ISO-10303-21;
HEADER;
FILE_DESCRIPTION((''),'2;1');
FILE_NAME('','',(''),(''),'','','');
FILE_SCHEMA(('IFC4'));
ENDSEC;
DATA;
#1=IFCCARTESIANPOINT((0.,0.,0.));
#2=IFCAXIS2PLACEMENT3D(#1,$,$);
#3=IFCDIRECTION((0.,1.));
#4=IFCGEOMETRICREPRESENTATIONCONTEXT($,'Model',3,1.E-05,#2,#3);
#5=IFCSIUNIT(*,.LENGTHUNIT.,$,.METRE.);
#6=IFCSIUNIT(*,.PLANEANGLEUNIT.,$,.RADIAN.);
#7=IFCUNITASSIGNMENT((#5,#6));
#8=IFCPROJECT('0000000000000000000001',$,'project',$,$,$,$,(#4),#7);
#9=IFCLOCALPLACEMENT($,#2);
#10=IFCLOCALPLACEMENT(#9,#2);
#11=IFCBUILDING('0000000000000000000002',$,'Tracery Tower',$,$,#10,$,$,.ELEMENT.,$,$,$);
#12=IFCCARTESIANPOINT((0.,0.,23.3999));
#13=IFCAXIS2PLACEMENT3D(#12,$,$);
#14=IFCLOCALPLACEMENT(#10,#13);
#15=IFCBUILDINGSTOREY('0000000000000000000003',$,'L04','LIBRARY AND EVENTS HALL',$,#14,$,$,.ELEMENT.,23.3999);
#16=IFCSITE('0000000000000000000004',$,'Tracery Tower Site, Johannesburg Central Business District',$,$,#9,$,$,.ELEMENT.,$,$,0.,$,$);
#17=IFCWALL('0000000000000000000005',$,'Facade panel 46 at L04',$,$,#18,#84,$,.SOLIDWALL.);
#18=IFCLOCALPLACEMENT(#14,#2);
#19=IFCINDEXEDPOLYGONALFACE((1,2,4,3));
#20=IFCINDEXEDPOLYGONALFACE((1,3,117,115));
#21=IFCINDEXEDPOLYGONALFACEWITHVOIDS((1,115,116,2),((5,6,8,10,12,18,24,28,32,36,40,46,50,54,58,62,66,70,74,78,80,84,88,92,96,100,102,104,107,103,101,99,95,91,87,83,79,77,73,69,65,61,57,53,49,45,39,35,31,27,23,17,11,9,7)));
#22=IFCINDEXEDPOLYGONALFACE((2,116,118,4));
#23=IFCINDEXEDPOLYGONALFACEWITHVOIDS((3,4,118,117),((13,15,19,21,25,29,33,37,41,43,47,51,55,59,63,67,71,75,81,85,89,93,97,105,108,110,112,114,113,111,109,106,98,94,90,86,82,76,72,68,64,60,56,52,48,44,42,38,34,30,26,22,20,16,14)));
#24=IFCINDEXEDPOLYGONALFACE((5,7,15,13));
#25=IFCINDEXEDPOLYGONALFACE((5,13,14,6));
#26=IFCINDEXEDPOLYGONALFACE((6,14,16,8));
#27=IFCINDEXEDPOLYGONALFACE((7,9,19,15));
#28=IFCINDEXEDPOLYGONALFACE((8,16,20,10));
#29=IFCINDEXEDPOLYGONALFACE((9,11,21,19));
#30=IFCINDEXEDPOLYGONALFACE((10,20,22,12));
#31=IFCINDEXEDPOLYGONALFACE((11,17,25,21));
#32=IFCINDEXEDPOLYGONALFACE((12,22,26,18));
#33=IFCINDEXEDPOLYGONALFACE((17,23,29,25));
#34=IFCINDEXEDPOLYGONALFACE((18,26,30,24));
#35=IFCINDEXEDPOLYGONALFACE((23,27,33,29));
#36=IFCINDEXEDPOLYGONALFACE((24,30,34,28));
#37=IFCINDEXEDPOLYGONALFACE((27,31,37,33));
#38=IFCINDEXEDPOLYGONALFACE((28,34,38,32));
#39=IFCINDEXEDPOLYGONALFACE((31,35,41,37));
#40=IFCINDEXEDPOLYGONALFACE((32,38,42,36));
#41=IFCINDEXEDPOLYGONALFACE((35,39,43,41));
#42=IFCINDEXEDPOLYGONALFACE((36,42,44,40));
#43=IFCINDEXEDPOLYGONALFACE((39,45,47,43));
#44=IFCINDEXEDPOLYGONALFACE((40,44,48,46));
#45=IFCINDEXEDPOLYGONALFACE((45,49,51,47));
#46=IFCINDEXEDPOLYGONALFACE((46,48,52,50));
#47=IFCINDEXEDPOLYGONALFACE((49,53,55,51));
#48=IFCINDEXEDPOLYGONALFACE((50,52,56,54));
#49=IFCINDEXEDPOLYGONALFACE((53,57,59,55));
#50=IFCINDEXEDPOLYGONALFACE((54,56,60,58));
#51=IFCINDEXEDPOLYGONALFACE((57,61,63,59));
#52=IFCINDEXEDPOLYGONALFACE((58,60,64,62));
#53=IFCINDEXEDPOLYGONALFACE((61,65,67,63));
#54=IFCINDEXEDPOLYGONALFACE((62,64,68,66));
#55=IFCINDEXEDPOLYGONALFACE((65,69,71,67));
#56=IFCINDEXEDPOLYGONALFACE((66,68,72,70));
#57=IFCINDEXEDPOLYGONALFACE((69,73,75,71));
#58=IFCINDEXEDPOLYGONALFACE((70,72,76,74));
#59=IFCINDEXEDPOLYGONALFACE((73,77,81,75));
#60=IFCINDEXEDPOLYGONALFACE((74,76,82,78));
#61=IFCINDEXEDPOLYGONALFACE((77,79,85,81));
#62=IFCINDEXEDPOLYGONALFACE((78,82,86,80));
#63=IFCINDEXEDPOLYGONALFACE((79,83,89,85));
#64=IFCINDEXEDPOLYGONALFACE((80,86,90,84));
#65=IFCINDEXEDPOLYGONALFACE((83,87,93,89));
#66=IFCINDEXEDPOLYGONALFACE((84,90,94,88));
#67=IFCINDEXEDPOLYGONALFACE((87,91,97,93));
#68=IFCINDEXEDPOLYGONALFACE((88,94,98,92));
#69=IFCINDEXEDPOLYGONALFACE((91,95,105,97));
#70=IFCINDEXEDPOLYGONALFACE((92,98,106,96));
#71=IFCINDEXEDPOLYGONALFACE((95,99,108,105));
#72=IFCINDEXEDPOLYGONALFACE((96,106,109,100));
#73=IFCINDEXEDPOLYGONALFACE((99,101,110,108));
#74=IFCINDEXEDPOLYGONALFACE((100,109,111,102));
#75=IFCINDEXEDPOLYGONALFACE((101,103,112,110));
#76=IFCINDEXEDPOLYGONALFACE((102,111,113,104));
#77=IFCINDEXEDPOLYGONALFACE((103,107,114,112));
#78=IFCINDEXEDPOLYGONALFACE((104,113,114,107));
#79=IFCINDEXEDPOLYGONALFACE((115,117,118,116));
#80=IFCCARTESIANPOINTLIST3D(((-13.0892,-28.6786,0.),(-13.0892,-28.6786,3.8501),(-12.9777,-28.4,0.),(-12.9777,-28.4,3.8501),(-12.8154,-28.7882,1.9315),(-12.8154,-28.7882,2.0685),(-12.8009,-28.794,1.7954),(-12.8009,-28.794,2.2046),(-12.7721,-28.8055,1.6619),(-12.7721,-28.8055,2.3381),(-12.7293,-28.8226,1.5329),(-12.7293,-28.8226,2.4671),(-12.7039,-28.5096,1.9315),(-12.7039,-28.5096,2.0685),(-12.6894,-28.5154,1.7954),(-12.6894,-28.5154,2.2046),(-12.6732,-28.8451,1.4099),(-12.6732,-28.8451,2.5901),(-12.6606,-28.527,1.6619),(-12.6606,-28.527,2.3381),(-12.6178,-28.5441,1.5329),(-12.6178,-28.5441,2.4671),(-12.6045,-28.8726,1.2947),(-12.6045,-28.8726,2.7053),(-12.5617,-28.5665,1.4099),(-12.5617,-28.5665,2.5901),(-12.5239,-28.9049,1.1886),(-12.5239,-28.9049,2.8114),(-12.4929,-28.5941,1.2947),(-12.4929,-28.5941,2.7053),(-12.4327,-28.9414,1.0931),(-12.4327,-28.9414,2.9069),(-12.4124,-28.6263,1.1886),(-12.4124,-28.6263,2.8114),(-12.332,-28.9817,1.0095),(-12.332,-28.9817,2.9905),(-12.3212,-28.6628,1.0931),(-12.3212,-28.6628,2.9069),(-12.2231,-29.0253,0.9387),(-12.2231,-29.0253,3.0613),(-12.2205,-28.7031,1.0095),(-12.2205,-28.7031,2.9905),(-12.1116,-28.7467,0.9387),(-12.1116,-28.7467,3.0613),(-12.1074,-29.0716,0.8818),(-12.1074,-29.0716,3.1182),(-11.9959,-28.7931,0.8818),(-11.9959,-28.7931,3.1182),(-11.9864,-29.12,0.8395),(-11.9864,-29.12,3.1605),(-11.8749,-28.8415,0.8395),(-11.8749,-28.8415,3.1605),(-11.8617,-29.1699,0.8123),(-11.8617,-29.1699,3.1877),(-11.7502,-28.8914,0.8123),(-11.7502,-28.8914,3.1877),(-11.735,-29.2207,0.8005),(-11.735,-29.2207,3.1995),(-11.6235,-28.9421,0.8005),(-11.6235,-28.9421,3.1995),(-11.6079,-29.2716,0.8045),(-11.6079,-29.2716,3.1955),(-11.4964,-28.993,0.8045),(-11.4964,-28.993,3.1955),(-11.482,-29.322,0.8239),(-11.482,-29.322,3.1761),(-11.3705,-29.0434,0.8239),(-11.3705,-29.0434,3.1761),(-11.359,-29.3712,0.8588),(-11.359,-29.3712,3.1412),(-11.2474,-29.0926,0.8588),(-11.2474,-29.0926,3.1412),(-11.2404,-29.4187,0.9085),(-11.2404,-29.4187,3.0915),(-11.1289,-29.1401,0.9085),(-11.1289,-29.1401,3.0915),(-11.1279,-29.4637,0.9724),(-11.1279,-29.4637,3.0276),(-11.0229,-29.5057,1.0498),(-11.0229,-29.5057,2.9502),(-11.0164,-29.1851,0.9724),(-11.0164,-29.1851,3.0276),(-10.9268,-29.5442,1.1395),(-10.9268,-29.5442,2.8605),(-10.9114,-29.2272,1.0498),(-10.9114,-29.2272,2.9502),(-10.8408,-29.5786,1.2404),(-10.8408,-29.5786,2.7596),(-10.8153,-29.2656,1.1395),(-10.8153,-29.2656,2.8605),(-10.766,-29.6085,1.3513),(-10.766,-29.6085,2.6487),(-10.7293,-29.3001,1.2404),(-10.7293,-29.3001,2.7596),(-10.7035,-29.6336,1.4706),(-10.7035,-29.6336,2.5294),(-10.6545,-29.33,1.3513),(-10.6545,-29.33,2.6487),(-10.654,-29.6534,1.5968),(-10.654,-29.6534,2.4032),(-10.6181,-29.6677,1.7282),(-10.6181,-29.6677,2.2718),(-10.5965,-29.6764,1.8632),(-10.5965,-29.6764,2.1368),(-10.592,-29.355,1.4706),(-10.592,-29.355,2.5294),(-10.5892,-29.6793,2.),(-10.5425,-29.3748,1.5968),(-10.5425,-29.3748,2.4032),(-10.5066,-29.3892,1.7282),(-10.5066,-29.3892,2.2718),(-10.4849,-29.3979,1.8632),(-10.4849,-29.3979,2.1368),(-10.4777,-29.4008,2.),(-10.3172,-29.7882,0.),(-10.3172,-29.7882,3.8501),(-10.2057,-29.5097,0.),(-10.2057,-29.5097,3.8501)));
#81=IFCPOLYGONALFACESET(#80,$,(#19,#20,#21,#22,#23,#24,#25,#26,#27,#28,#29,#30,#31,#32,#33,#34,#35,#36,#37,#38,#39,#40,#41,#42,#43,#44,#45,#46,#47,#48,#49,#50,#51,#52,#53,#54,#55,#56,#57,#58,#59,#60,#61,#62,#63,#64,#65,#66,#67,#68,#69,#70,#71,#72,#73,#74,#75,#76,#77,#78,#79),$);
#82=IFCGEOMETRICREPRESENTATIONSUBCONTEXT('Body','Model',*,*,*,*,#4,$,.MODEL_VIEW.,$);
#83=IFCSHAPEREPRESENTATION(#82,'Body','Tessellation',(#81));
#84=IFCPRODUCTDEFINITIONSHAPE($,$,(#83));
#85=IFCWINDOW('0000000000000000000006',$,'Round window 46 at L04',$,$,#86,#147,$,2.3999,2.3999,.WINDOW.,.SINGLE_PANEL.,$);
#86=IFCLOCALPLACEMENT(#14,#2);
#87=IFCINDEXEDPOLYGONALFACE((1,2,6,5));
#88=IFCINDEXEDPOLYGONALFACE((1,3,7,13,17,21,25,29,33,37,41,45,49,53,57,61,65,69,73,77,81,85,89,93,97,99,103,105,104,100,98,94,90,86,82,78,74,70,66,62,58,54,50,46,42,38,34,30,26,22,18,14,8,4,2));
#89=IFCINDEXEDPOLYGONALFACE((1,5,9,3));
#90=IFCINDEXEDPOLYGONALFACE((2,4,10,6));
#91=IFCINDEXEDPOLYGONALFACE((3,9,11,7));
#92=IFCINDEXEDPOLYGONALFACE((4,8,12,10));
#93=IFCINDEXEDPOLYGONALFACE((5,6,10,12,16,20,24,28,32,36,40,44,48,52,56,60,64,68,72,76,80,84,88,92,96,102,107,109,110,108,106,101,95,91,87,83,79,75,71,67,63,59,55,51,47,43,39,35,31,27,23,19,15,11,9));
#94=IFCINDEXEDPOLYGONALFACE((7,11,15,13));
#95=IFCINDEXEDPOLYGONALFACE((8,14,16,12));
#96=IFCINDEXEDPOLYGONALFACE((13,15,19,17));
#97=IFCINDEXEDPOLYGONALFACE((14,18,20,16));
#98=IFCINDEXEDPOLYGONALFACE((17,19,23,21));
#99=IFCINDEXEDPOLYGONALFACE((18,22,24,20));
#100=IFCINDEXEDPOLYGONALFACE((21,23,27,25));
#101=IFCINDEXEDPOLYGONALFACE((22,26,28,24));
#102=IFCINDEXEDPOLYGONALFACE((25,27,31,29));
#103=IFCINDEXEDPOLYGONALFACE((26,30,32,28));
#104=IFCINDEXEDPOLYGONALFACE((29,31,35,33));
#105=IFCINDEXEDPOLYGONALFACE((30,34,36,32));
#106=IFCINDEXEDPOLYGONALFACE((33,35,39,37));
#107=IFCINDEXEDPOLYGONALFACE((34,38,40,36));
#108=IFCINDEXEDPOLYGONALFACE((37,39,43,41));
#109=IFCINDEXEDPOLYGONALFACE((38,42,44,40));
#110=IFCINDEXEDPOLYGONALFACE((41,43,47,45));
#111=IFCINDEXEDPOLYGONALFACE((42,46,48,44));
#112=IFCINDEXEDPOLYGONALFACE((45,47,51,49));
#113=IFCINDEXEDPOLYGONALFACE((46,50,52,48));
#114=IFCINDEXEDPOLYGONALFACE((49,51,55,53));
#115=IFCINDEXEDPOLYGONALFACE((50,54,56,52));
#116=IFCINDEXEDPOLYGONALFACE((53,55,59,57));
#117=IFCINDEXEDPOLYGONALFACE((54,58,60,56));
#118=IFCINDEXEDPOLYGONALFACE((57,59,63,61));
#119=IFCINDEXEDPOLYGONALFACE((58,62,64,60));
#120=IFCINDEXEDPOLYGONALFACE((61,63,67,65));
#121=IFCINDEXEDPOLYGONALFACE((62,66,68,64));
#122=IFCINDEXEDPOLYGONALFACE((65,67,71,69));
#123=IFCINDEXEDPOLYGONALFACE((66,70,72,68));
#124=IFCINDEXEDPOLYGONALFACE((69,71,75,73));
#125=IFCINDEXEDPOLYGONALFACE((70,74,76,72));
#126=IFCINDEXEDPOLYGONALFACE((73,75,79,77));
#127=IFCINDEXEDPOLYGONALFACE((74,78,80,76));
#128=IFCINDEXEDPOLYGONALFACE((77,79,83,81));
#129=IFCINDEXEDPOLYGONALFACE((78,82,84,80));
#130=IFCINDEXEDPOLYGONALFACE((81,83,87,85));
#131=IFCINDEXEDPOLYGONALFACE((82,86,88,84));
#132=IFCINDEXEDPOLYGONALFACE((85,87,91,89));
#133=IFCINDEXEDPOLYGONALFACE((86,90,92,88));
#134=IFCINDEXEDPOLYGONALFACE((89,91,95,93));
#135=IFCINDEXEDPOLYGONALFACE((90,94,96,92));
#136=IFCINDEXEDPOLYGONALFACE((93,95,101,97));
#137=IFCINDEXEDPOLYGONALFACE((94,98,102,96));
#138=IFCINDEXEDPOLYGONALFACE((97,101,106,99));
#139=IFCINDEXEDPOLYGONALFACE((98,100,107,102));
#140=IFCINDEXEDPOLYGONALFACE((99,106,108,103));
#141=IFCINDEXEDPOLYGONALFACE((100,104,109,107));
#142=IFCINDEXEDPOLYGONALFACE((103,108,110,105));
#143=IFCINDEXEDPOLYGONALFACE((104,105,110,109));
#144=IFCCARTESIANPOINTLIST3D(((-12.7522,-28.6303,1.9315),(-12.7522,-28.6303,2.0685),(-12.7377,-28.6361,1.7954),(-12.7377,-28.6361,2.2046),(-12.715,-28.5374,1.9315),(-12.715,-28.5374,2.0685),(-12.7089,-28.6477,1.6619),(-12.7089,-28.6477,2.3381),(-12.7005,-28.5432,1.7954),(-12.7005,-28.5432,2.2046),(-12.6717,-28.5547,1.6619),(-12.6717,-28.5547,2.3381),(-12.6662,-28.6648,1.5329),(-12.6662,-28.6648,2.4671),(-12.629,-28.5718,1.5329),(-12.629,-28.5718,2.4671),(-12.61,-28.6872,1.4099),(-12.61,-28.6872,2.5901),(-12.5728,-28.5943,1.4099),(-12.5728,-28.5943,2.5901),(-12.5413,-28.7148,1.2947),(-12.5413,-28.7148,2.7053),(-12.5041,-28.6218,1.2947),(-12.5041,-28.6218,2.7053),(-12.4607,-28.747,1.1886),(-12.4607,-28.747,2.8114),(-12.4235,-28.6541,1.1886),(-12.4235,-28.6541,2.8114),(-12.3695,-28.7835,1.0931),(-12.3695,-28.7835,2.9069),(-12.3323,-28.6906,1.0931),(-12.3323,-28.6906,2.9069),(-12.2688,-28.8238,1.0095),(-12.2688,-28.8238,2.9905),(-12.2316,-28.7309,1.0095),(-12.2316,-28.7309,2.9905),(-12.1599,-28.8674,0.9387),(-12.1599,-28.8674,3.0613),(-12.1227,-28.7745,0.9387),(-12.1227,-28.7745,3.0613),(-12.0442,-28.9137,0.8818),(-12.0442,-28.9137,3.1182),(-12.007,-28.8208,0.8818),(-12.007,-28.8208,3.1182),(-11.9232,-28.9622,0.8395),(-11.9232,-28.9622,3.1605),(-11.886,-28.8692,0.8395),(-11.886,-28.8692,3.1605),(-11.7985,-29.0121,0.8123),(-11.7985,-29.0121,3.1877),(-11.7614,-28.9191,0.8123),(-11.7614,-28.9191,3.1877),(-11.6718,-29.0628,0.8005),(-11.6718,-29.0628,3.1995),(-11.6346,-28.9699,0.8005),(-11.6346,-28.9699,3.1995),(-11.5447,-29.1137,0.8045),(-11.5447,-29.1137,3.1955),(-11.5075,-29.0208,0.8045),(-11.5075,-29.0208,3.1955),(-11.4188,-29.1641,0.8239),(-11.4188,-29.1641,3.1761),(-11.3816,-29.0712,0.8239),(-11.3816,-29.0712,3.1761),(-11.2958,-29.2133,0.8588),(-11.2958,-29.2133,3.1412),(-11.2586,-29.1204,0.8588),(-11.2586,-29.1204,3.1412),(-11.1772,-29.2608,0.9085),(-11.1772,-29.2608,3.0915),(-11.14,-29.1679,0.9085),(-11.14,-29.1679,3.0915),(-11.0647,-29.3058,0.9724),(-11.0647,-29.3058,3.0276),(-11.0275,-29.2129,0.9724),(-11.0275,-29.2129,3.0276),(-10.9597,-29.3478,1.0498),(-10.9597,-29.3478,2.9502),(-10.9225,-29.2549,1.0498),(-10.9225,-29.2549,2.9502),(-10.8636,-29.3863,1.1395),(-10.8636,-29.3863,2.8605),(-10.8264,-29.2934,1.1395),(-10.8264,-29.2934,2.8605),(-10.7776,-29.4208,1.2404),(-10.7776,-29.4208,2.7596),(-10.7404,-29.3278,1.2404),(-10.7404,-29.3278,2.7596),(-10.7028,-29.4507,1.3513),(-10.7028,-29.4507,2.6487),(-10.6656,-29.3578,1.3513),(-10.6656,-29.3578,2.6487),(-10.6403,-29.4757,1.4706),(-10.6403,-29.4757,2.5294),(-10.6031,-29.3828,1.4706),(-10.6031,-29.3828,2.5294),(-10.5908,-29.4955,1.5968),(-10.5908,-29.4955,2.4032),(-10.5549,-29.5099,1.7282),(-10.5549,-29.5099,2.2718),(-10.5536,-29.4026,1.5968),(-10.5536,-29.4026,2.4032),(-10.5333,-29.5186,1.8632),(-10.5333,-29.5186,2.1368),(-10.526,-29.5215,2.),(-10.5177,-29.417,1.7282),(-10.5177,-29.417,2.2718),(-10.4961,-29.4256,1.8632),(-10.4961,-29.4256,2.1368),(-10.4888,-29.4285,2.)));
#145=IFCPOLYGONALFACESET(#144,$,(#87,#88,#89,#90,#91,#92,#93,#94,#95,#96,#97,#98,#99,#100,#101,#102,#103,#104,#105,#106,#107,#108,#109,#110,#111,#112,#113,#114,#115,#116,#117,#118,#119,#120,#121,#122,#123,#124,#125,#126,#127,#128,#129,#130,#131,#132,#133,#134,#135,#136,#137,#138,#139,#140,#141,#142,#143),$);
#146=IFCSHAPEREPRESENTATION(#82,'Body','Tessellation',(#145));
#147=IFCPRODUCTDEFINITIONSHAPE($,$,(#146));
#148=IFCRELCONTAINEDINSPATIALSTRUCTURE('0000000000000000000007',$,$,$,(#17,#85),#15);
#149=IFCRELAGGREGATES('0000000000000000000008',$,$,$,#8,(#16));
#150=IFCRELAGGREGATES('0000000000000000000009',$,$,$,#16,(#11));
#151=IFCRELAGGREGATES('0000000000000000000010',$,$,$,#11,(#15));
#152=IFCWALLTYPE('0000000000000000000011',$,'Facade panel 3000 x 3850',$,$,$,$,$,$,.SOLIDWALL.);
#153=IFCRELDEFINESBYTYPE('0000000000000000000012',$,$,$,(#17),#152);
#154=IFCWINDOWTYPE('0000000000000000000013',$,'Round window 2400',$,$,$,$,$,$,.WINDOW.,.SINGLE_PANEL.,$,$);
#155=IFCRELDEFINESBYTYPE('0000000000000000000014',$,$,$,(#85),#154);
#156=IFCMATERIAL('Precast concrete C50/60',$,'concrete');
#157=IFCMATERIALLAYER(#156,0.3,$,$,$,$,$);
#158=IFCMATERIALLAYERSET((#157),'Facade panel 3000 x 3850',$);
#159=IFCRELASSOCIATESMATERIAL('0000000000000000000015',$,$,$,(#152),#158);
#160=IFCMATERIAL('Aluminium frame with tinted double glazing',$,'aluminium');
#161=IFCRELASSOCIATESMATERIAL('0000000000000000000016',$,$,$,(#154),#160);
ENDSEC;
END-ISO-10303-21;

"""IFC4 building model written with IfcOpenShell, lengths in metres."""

from ifc_helpers import new_model, si_unit, direction, frame, frame_2d, origin, origin_2d, place, context, subcontext, project, spatial, rectangle, circle, extrude, material, layer, layer_set, type_object, element, fill, save


model = new_model("IFC4")

# Units and contexts
model_context = context("Model", 3, precision=1e-05, world=origin(), true_north=direction((0.0, 1.0)))
body_context = subcontext(model_context, "Body", "Model", "MODEL_VIEW")
ifc_project = project(units=[si_unit("LENGTHUNIT", "METRE"), si_unit("PLANEANGLEUNIT", "RADIAN")], contexts=[model_context])

# Site, building, storey
site_placement = place(None, origin())
site = spatial("IfcSite", under=ifc_project, at=site_placement, Name="Tracery Tower Site, Johannesburg Central Business District", CompositionType="ELEMENT", RefElevation=0.0)
building_placement = place(site_placement, origin())
building = spatial("IfcBuilding", under=site, at=building_placement, Name="Tracery Tower", CompositionType="ELEMENT")
storey_placement = place(building_placement, frame((0.0, 0.0, 23.3999)))
storey = spatial("IfcBuildingStorey", under=building, at=storey_placement, Name="L04", Description="LIBRARY AND EVENTS HALL", CompositionType="ELEMENT", Elevation=23.3999)

# Wall, opening, window
ifc_material_1 = material(Name="Precast concrete C50/60", Category="concrete")
ifc_layer_1 = layer(ifc_material_1, 0.3)
ifc_layer_set_1 = layer_set([ifc_layer_1], Name="Facade panel 3000 x 3850")
wall_type_1 = type_object("IfcWallType", Name="Facade panel 3000 x 3850", PredefinedType="SOLIDWALL", material=ifc_layer_set_1)
wall_1_placement = place(storey_placement, frame((-13.0334, -28.5393, 0.0), z_axis=(0.0, 0.0, 1.0), x_axis=(0.928381, -0.37163, 0.0)))
wall_1 = element("IfcWall", 1, at=wall_1_placement, inside=storey, type_object=wall_type_1, Name="Facade panel 46 at L04", PredefinedType="SOLIDWALL", context=body_context, shape_type="SweptSolid", body=[
    extrude(rectangle(XDim=2.9858, YDim=0.3, at=frame_2d((1.4929, 0.0))), origin(), (0.0, 0.0, 1.0), 3.8501),
])
opening_1_placement = place(wall_1_placement, frame((1.4929, 0.0, 2.0)))
opening_1 = element("IfcOpeningElement", 2, at=opening_1_placement, cuts=wall_1, PredefinedType="OPENING", context=body_context, shape_type="SweptSolid", body=[
    extrude(circle(Radius=1.2, at=origin_2d()), frame((0.0, 0.1599, 0.0), z_axis=(0.0, -1.0, 0.0), x_axis=(1.0, 0.0, 0.0)), (0.0, 0.0, 1.0), 0.3201),
])
ifc_material_2 = material(Name="Aluminium frame with tinted double glazing", Category="aluminium")
window_type = type_object("IfcWindowType", Name="Round window 2400", PartitioningType="SINGLE_PANEL", PredefinedType="WINDOW", material=ifc_material_2)
window_1_placement = place(opening_1_placement, origin())
window_1 = element("IfcWindow", 3, at=window_1_placement, inside=storey, type_object=window_type, Name="Round window 46 at L04", OverallHeight=2.3999, OverallWidth=2.3999, PartitioningType="SINGLE_PANEL", PredefinedType="WINDOW", context=body_context, shape_type="SweptSolid", body=[
    extrude(circle(Radius=1.2, at=origin_2d()), frame((0.0, 0.1201, 0.0), z_axis=(0.0, -1.0, 0.0), x_axis=(1.0, 0.0, 0.0)), (0.0, 0.0, 1.0), 0.1001),
])
fill(opening_1, window_1)

save(model, "model.ifc")
